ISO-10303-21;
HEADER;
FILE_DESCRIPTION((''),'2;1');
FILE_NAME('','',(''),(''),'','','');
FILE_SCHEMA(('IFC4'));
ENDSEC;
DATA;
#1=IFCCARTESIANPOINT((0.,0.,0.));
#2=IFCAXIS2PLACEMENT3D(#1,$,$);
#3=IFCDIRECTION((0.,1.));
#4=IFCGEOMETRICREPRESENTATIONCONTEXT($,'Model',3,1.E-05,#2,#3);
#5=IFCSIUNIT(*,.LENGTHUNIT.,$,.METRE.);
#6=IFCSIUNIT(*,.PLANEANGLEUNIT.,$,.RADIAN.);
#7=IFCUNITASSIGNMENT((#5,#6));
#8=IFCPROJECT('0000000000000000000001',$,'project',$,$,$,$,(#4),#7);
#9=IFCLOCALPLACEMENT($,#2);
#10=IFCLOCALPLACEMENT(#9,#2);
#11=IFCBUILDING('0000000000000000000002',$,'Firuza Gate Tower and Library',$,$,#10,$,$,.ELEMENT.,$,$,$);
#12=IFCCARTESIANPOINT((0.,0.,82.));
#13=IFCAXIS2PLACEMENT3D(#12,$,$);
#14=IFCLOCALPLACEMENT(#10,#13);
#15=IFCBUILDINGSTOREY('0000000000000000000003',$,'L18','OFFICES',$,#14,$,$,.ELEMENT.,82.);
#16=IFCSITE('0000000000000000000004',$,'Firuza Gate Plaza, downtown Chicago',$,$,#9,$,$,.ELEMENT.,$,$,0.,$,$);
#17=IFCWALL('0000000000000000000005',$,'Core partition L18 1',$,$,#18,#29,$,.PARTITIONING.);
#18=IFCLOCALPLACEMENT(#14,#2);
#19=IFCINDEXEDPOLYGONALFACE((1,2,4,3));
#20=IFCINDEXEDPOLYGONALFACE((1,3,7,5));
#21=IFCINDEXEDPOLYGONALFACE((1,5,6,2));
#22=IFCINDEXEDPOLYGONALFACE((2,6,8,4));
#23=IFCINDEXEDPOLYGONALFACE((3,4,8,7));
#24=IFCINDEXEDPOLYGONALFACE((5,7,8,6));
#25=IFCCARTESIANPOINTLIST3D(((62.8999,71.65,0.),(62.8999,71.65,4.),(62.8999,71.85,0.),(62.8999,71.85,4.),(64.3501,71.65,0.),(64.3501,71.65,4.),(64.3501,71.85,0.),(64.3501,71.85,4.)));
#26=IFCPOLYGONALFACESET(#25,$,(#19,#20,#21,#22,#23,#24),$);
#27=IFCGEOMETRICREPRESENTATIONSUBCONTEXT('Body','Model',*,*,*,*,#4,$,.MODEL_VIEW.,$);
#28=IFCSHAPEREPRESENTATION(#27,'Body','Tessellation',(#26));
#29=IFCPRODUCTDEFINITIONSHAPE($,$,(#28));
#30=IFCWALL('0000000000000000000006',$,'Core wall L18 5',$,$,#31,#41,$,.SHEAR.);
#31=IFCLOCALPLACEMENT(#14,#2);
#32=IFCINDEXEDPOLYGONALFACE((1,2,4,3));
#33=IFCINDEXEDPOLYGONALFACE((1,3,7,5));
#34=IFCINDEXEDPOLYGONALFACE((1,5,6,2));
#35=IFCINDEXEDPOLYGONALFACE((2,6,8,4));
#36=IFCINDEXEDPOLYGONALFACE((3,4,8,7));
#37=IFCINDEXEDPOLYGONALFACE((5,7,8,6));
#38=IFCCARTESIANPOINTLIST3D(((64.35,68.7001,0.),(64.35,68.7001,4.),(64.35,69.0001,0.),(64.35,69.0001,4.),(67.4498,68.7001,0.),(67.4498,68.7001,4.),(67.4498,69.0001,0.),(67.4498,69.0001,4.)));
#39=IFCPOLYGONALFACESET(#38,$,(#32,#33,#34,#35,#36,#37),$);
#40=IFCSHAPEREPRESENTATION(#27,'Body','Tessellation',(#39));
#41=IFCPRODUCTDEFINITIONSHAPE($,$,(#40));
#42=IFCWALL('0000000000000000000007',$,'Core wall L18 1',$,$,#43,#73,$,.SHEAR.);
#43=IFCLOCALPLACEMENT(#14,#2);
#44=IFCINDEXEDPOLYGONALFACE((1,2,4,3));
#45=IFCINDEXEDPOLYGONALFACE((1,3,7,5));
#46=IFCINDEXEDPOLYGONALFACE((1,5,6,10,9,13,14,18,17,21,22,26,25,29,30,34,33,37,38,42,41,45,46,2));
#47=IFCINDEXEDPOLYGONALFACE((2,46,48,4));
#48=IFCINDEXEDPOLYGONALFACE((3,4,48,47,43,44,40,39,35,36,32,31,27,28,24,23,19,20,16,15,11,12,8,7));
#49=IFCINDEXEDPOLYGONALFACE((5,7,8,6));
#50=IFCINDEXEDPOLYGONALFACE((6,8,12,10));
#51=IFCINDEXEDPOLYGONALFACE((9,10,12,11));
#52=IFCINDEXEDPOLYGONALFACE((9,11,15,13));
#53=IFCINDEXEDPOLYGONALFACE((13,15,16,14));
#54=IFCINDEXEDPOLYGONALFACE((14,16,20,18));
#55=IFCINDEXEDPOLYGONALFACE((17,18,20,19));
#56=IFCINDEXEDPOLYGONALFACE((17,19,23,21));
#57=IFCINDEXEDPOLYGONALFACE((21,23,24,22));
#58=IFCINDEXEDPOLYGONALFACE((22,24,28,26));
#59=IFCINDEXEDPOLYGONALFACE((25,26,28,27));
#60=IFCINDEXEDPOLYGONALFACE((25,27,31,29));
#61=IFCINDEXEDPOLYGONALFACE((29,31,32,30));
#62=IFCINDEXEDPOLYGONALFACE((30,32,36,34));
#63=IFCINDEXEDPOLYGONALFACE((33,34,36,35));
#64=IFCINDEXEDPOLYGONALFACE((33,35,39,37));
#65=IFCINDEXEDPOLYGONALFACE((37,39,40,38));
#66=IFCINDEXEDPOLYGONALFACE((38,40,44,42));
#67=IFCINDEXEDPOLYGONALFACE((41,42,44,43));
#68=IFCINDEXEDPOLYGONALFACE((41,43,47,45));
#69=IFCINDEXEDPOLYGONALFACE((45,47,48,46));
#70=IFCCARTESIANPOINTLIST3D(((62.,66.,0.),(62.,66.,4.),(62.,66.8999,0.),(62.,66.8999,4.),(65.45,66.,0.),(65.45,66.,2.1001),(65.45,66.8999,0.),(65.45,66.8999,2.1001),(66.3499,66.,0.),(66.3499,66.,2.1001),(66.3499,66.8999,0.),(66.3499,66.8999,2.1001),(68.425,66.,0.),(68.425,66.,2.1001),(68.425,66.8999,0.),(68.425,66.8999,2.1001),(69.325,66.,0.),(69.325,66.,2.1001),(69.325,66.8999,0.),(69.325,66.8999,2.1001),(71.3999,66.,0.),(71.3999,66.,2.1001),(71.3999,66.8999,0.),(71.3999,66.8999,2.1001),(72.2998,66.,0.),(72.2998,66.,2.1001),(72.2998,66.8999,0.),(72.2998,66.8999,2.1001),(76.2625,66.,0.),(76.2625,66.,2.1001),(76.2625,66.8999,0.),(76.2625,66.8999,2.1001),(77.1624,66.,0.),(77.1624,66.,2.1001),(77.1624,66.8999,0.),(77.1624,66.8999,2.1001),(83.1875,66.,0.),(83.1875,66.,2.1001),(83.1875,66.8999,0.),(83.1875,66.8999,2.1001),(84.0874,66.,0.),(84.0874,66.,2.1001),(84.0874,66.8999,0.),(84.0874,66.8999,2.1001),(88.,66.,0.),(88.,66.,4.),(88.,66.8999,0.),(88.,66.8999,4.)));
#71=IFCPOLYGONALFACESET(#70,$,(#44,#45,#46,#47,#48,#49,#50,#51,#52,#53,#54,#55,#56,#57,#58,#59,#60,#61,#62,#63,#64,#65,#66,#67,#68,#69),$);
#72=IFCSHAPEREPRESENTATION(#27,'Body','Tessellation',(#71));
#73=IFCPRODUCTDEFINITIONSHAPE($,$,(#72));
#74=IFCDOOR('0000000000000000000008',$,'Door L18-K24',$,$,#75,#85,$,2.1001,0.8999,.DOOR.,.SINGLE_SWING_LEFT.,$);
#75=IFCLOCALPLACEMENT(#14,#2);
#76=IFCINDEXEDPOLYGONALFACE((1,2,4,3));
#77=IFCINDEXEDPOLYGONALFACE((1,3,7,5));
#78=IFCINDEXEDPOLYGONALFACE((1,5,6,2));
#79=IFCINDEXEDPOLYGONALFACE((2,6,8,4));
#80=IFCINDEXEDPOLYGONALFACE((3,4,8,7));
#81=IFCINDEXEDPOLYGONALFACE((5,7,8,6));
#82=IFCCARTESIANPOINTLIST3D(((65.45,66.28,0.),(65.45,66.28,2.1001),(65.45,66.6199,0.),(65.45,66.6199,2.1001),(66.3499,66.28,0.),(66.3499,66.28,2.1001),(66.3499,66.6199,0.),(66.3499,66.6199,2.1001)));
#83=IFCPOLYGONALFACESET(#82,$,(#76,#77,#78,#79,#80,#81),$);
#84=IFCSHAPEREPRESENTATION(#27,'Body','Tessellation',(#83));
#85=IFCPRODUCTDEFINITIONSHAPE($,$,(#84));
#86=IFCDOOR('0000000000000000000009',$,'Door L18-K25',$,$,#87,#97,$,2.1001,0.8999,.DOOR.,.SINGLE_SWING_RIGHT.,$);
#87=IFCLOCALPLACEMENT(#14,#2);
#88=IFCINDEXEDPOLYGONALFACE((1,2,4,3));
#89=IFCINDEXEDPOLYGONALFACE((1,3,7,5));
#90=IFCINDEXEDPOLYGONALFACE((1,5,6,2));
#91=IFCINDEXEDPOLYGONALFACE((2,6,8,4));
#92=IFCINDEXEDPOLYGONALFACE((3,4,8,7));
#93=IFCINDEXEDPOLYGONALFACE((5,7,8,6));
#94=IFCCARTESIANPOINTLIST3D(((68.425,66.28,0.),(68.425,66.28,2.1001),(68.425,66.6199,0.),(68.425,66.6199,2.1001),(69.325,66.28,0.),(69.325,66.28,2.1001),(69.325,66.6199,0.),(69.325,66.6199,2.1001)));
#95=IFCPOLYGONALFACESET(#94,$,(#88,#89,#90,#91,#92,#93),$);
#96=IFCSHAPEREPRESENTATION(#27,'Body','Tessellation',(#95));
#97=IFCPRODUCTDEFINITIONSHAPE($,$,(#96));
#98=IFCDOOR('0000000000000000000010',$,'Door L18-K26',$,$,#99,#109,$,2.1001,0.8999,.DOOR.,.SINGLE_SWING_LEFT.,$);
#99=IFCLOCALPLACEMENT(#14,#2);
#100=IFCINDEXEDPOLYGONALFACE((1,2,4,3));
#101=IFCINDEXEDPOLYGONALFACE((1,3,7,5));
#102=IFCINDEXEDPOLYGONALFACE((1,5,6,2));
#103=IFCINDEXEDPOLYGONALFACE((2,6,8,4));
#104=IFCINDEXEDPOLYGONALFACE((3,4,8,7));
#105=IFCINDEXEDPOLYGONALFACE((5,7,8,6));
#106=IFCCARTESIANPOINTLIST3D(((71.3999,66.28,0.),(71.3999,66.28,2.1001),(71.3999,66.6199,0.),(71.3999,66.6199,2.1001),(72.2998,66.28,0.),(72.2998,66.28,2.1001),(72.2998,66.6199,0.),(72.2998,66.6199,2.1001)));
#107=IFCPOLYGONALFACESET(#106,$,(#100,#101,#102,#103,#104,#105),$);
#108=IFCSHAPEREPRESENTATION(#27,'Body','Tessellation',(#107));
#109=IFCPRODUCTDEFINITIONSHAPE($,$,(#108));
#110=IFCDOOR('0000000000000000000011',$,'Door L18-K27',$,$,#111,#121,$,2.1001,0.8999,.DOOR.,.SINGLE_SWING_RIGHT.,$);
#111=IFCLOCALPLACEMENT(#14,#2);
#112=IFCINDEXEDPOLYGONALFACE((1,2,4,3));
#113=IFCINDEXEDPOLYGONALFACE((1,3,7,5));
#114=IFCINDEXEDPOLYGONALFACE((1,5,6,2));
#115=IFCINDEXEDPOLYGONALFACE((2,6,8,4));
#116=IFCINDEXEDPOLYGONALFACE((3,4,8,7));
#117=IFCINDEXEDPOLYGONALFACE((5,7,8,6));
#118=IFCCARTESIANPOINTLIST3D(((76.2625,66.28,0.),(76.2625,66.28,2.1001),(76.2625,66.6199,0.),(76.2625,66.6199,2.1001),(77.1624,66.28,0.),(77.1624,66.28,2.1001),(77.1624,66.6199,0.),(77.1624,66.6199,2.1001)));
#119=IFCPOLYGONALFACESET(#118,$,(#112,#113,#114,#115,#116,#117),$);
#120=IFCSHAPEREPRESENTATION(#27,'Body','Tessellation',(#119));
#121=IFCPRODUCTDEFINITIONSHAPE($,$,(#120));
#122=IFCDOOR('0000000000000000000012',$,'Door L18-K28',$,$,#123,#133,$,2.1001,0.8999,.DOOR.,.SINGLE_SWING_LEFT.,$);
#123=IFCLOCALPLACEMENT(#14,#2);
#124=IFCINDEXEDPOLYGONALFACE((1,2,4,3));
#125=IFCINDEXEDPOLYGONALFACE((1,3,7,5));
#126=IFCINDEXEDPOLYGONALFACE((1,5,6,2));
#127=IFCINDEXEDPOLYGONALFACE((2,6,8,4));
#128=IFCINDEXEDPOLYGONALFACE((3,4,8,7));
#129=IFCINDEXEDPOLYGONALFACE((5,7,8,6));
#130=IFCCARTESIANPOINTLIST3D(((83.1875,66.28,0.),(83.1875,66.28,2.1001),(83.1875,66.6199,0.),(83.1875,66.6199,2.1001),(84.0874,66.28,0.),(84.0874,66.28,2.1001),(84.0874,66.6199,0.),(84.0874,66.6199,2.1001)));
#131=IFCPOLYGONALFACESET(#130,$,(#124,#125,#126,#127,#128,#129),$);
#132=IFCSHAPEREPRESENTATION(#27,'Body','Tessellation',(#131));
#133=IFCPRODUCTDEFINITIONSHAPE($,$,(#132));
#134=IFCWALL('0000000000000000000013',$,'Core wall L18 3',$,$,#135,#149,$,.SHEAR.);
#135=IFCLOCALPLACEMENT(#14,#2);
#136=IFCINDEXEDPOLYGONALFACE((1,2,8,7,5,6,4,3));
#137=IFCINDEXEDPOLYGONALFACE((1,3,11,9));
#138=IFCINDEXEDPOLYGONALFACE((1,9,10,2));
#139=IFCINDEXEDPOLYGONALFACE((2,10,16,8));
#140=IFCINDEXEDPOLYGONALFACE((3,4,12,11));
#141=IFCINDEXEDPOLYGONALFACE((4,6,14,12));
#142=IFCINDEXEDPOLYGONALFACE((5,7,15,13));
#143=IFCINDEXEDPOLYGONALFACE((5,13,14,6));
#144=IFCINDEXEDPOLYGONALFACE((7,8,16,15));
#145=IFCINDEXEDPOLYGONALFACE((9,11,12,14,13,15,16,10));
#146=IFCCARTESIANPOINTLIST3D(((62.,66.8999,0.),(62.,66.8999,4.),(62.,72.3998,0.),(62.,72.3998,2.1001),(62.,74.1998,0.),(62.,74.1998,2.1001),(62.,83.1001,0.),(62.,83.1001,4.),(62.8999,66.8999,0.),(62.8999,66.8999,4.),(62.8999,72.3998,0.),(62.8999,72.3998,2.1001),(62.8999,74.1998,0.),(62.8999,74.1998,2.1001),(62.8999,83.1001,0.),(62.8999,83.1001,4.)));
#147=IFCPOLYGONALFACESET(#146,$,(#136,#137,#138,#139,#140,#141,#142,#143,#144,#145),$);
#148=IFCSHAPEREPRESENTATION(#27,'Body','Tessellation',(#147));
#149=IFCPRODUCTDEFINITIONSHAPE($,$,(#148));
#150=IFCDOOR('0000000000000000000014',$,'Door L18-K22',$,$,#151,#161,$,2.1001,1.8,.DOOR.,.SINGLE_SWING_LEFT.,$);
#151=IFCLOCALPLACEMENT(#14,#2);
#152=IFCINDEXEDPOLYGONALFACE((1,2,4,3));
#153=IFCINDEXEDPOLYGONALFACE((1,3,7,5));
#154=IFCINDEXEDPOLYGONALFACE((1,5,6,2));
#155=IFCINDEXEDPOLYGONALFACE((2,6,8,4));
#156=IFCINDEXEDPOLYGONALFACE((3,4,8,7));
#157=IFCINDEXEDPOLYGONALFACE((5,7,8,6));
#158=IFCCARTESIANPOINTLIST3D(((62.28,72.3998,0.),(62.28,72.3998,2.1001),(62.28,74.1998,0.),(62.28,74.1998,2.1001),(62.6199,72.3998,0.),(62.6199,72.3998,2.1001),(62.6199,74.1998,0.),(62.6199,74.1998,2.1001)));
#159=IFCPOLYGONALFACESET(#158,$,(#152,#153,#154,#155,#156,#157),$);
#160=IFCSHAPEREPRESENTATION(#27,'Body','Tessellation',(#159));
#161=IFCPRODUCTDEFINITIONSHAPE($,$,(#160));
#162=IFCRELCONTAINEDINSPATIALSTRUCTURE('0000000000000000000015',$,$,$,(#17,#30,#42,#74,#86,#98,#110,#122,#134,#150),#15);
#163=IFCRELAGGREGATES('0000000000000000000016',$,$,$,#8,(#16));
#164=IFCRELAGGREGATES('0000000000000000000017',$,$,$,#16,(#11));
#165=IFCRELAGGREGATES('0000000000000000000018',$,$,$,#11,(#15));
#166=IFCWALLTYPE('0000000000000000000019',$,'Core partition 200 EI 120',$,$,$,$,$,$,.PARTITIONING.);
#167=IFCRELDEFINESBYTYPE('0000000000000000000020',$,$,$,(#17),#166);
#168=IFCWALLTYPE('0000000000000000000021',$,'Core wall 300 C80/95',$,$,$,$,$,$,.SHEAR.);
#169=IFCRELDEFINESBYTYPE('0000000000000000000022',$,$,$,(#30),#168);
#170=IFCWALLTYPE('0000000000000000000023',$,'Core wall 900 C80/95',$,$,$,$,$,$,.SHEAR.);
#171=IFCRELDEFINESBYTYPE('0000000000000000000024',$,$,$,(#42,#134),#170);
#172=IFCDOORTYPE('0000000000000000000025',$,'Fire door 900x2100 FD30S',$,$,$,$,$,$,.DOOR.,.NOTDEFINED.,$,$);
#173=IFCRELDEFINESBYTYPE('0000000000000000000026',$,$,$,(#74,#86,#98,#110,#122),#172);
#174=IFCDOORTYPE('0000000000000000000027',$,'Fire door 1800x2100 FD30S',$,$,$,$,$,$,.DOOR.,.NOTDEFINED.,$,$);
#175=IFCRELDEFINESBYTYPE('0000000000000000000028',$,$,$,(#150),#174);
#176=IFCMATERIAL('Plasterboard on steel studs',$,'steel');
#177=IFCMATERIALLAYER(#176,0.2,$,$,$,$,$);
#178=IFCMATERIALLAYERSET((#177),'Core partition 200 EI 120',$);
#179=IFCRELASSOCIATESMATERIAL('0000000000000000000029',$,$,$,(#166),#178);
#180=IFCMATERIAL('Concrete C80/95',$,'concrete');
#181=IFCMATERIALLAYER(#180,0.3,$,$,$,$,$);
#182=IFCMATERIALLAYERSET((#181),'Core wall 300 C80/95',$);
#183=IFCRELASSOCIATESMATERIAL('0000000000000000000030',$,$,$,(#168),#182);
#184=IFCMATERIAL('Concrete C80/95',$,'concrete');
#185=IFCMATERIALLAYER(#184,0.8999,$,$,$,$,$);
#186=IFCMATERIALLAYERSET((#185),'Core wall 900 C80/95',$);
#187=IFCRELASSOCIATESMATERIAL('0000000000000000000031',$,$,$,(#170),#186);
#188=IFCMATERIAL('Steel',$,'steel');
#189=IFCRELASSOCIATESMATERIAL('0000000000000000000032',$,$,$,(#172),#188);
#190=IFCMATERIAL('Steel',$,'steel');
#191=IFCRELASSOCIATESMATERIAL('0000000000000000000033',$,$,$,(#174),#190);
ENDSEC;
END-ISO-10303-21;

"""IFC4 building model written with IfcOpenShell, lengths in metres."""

from ifc_helpers import new_model, si_unit, direction, frame, frame_2d, origin, place, context, subcontext, project, spatial, rectangle, extrude, material, layer, layer_set, type_object, element, fill, save


model = new_model("IFC4")

# Units and contexts
model_context = context("Model", 3, precision=1e-05, world=origin(), true_north=direction((0.0, 1.0)))
body_context = subcontext(model_context, "Body", "Model", "MODEL_VIEW")
ifc_project = project(units=[si_unit("LENGTHUNIT", "METRE"), si_unit("PLANEANGLEUNIT", "RADIAN")], contexts=[model_context])

# Site, building, storey
site_placement = place(None, origin())
site = spatial("IfcSite", under=ifc_project, at=site_placement, Name="Firuza Gate Plaza, downtown Chicago", CompositionType="ELEMENT", RefElevation=0.0)
building_placement = place(site_placement, origin())
building = spatial("IfcBuilding", under=site, at=building_placement, Name="Firuza Gate Tower and Library", CompositionType="ELEMENT")
storey_placement = place(building_placement, frame((0.0, 0.0, 82.0)))
storey = spatial("IfcBuildingStorey", under=building, at=storey_placement, Name="L18", Description="OFFICES", CompositionType="ELEMENT", Elevation=82.0)

# Walls
ifc_material_1 = material(Name="Plasterboard on steel studs", Category="steel")
ifc_layer_1 = layer(ifc_material_1, 0.2)
ifc_layer_set_1 = layer_set([ifc_layer_1], Name="Core partition 200 EI 120")
wall_type_1 = type_object("IfcWallType", Name="Core partition 200 EI 120", PredefinedType="PARTITIONING", material=ifc_layer_set_1)
wall_1_placement = place(storey_placement, frame((62.8999, 71.75, 0.0), z_axis=(0.0, 0.0, 1.0), x_axis=(1.0, 0.0, 0.0)))
element("IfcWall", 1, at=wall_1_placement, inside=storey, type_object=wall_type_1, Name="Core partition L18 1", PredefinedType="PARTITIONING", context=body_context, shape_type="SweptSolid", body=[
    extrude(rectangle(XDim=1.4502, YDim=0.2, at=frame_2d((0.7251, 0.0))), origin(), (0.0, 0.0, 1.0), 4.0),
])
ifc_material_2 = material(Name="Concrete C80/95", Category="concrete")
ifc_layer_2 = layer(ifc_material_2, 0.3)
ifc_layer_set_2 = layer_set([ifc_layer_2], Name="Core wall 300 C80/95")
wall_type_2 = type_object("IfcWallType", Name="Core wall 300 C80/95", PredefinedType="SHEAR", material=ifc_layer_set_2)
wall_2_placement = place(storey_placement, frame((64.3501, 68.8501, 0.0), z_axis=(0.0, 0.0, 1.0), x_axis=(1.0, 0.0, 0.0)))
element("IfcWall", 2, at=wall_2_placement, inside=storey, type_object=wall_type_2, Name="Core wall L18 5", PredefinedType="SHEAR", context=body_context, shape_type="SweptSolid", body=[
    extrude(rectangle(XDim=3.0999, YDim=0.3, at=frame_2d((1.5498, 0.0))), origin(), (0.0, 0.0, 1.0), 4.0),
])

# Wall, openings, doors
ifc_material_3 = material(Name="Concrete C80/95", Category="concrete")
ifc_layer_3 = layer(ifc_material_3, 0.8999)
ifc_layer_set_3 = layer_set([ifc_layer_3], Name="Core wall 900 C80/95")
wall_type_3 = type_object("IfcWallType", Name="Core wall 900 C80/95", PredefinedType="SHEAR", material=ifc_layer_set_3)
wall_3_placement = place(storey_placement, frame((62.0, 66.45, 0.0), z_axis=(0.0, 0.0, 1.0), x_axis=(1.0, 0.0, 0.0)))
wall_3 = element("IfcWall", 3, at=wall_3_placement, inside=storey, type_object=wall_type_3, Name="Core wall L18 1", PredefinedType="SHEAR", context=body_context, shape_type="SweptSolid", body=[
    extrude(rectangle(XDim=26.0, YDim=0.8999, at=frame_2d((13.0, 0.0))), origin(), (0.0, 0.0, 1.0), 4.0),
])
opening_1_placement = place(wall_3_placement, frame((3.45, 0.0, 0.0)))
opening_1 = element("IfcOpeningElement", 4, at=opening_1_placement, cuts=wall_3, PredefinedType="OPENING", context=body_context, shape_type="SweptSolid", body=[
    extrude(rectangle(XDim=0.8999, YDim=2.1001, at=frame_2d((0.45, 1.05))), frame((0.0, 0.46, 0.0), z_axis=(0.0, -1.0, 0.0), x_axis=(1.0, 0.0, 0.0)), (0.0, 0.0, 1.0), 0.9199),
])
opening_2_placement = place(wall_3_placement, frame((6.425, 0.0, 0.0)))
opening_2 = element("IfcOpeningElement", 5, at=opening_2_placement, cuts=wall_3, PredefinedType="OPENING", context=body_context, shape_type="SweptSolid", body=[
    extrude(rectangle(XDim=0.8999, YDim=2.1001, at=frame_2d((0.45, 1.05))), frame((0.0, 0.46, 0.0), z_axis=(0.0, -1.0, 0.0), x_axis=(1.0, 0.0, 0.0)), (0.0, 0.0, 1.0), 0.9199),
])
opening_3_placement = place(wall_3_placement, frame((9.3999, 0.0, 0.0)))
opening_3 = element("IfcOpeningElement", 6, at=opening_3_placement, cuts=wall_3, PredefinedType="OPENING", context=body_context, shape_type="SweptSolid", body=[
    extrude(rectangle(XDim=0.8999, YDim=2.1001, at=frame_2d((0.45, 1.05))), frame((0.0, 0.46, 0.0), z_axis=(0.0, -1.0, 0.0), x_axis=(1.0, 0.0, 0.0)), (0.0, 0.0, 1.0), 0.9199),
])
opening_4_placement = place(wall_3_placement, frame((14.2625, 0.0, 0.0)))
opening_4 = element("IfcOpeningElement", 7, at=opening_4_placement, cuts=wall_3, PredefinedType="OPENING", context=body_context, shape_type="SweptSolid", body=[
    extrude(rectangle(XDim=0.8999, YDim=2.1001, at=frame_2d((0.45, 1.05))), frame((0.0, 0.46, 0.0), z_axis=(0.0, -1.0, 0.0), x_axis=(1.0, 0.0, 0.0)), (0.0, 0.0, 1.0), 0.9199),
])
opening_5_placement = place(wall_3_placement, frame((21.1875, 0.0, 0.0)))
opening_5 = element("IfcOpeningElement", 8, at=opening_5_placement, cuts=wall_3, PredefinedType="OPENING", context=body_context, shape_type="SweptSolid", body=[
    extrude(rectangle(XDim=0.8999, YDim=2.1001, at=frame_2d((0.45, 1.05))), frame((0.0, 0.46, 0.0), z_axis=(0.0, -1.0, 0.0), x_axis=(1.0, 0.0, 0.0)), (0.0, 0.0, 1.0), 0.9199),
])
ifc_material_4 = material(Name="Steel", Category="steel")
door_type_1 = type_object("IfcDoorType", Name="Fire door 900x2100 FD30S", OperationType="NOTDEFINED", PredefinedType="DOOR", material=ifc_material_4)
door_1_placement = place(opening_1_placement, origin())
door_1 = element("IfcDoor", 9, at=door_1_placement, inside=storey, type_object=door_type_1, Name="Door L18-K24", OperationType="SINGLE_SWING_LEFT", OverallHeight=2.1001, OverallWidth=0.8999, PredefinedType="DOOR", context=body_context, shape_type="SweptSolid", body=[
    extrude(rectangle(XDim=0.8999, YDim=2.1001, at=frame_2d((0.45, 1.05))), frame((0.0, 0.1699, 0.0), z_axis=(0.0, -1.0, 0.0), x_axis=(1.0, 0.0, 0.0)), (0.0, 0.0, 1.0), 0.3398),
])
fill(opening_1, door_1)
door_2_placement = place(opening_2_placement, origin())
door_2 = element("IfcDoor", 10, at=door_2_placement, inside=storey, type_object=door_type_1, Name="Door L18-K25", OperationType="SINGLE_SWING_RIGHT", OverallHeight=2.1001, OverallWidth=0.8999, PredefinedType="DOOR", context=body_context, shape_type="SweptSolid", body=[
    extrude(rectangle(XDim=0.8999, YDim=2.1001, at=frame_2d((0.45, 1.05))), frame((0.0, 0.1699, 0.0), z_axis=(0.0, -1.0, 0.0), x_axis=(1.0, 0.0, 0.0)), (0.0, 0.0, 1.0), 0.3398),
])
fill(opening_2, door_2)
door_3_placement = place(opening_3_placement, origin())
door_3 = element("IfcDoor", 11, at=door_3_placement, inside=storey, type_object=door_type_1, Name="Door L18-K26", OperationType="SINGLE_SWING_LEFT", OverallHeight=2.1001, OverallWidth=0.8999, PredefinedType="DOOR", context=body_context, shape_type="SweptSolid", body=[
    extrude(rectangle(XDim=0.8999, YDim=2.1001, at=frame_2d((0.45, 1.05))), frame((0.0, 0.1699, 0.0), z_axis=(0.0, -1.0, 0.0), x_axis=(1.0, 0.0, 0.0)), (0.0, 0.0, 1.0), 0.3398),
])
fill(opening_3, door_3)
door_4_placement = place(opening_4_placement, origin())
door_4 = element("IfcDoor", 12, at=door_4_placement, inside=storey, type_object=door_type_1, Name="Door L18-K27", OperationType="SINGLE_SWING_RIGHT", OverallHeight=2.1001, OverallWidth=0.8999, PredefinedType="DOOR", context=body_context, shape_type="SweptSolid", body=[
    extrude(rectangle(XDim=0.8999, YDim=2.1001, at=frame_2d((0.45, 1.05))), frame((0.0, 0.1699, 0.0), z_axis=(0.0, -1.0, 0.0), x_axis=(1.0, 0.0, 0.0)), (0.0, 0.0, 1.0), 0.3398),
])
fill(opening_4, door_4)
door_5_placement = place(opening_5_placement, origin())
door_5 = element("IfcDoor", 13, at=door_5_placement, inside=storey, type_object=door_type_1, Name="Door L18-K28", OperationType="SINGLE_SWING_LEFT", OverallHeight=2.1001, OverallWidth=0.8999, PredefinedType="DOOR", context=body_context, shape_type="SweptSolid", body=[
    extrude(rectangle(XDim=0.8999, YDim=2.1001, at=frame_2d((0.45, 1.05))), frame((0.0, 0.1699, 0.0), z_axis=(0.0, -1.0, 0.0), x_axis=(1.0, 0.0, 0.0)), (0.0, 0.0, 1.0), 0.3398),
])
fill(opening_5, door_5)

# Wall, opening, door
wall_4_placement = place(storey_placement, frame((62.45, 66.8999, 0.0), z_axis=(0.0, 0.0, 1.0), x_axis=(0.0, 1.0, 0.0)))
wall_4 = element("IfcWall", 14, at=wall_4_placement, inside=storey, type_object=wall_type_3, Name="Core wall L18 3", PredefinedType="SHEAR", context=body_context, shape_type="SweptSolid", body=[
    extrude(rectangle(XDim=16.2002, YDim=0.8999, at=frame_2d((8.1001, 0.0))), origin(), (0.0, 0.0, 1.0), 4.0),
])
opening_6_placement = place(wall_4_placement, frame((5.5, 0.0, 0.0)))
opening_6 = element("IfcOpeningElement", 15, at=opening_6_placement, cuts=wall_4, PredefinedType="OPENING", context=body_context, shape_type="SweptSolid", body=[
    extrude(rectangle(XDim=1.8, YDim=2.1001, at=frame_2d((0.8999, 1.05))), frame((0.0, 0.46, 0.0), z_axis=(0.0, -1.0, 0.0), x_axis=(1.0, 0.0, 0.0)), (0.0, 0.0, 1.0), 0.9199),
])
ifc_material_5 = material(Name="Steel", Category="steel")
door_type_2 = type_object("IfcDoorType", Name="Fire door 1800x2100 FD30S", OperationType="NOTDEFINED", PredefinedType="DOOR", material=ifc_material_5)
door_6_placement = place(opening_6_placement, origin())
door_6 = element("IfcDoor", 16, at=door_6_placement, inside=storey, type_object=door_type_2, Name="Door L18-K22", OperationType="SINGLE_SWING_LEFT", OverallHeight=2.1001, OverallWidth=1.8, PredefinedType="DOOR", context=body_context, shape_type="SweptSolid", body=[
    extrude(rectangle(XDim=1.8, YDim=2.1001, at=frame_2d((0.8999, 1.05))), frame((0.0, 0.1699, 0.0), z_axis=(0.0, -1.0, 0.0), x_axis=(1.0, 0.0, 0.0)), (0.0, 0.0, 1.0), 0.3398),
])
fill(opening_6, door_6)

save(model, "model.ifc")
